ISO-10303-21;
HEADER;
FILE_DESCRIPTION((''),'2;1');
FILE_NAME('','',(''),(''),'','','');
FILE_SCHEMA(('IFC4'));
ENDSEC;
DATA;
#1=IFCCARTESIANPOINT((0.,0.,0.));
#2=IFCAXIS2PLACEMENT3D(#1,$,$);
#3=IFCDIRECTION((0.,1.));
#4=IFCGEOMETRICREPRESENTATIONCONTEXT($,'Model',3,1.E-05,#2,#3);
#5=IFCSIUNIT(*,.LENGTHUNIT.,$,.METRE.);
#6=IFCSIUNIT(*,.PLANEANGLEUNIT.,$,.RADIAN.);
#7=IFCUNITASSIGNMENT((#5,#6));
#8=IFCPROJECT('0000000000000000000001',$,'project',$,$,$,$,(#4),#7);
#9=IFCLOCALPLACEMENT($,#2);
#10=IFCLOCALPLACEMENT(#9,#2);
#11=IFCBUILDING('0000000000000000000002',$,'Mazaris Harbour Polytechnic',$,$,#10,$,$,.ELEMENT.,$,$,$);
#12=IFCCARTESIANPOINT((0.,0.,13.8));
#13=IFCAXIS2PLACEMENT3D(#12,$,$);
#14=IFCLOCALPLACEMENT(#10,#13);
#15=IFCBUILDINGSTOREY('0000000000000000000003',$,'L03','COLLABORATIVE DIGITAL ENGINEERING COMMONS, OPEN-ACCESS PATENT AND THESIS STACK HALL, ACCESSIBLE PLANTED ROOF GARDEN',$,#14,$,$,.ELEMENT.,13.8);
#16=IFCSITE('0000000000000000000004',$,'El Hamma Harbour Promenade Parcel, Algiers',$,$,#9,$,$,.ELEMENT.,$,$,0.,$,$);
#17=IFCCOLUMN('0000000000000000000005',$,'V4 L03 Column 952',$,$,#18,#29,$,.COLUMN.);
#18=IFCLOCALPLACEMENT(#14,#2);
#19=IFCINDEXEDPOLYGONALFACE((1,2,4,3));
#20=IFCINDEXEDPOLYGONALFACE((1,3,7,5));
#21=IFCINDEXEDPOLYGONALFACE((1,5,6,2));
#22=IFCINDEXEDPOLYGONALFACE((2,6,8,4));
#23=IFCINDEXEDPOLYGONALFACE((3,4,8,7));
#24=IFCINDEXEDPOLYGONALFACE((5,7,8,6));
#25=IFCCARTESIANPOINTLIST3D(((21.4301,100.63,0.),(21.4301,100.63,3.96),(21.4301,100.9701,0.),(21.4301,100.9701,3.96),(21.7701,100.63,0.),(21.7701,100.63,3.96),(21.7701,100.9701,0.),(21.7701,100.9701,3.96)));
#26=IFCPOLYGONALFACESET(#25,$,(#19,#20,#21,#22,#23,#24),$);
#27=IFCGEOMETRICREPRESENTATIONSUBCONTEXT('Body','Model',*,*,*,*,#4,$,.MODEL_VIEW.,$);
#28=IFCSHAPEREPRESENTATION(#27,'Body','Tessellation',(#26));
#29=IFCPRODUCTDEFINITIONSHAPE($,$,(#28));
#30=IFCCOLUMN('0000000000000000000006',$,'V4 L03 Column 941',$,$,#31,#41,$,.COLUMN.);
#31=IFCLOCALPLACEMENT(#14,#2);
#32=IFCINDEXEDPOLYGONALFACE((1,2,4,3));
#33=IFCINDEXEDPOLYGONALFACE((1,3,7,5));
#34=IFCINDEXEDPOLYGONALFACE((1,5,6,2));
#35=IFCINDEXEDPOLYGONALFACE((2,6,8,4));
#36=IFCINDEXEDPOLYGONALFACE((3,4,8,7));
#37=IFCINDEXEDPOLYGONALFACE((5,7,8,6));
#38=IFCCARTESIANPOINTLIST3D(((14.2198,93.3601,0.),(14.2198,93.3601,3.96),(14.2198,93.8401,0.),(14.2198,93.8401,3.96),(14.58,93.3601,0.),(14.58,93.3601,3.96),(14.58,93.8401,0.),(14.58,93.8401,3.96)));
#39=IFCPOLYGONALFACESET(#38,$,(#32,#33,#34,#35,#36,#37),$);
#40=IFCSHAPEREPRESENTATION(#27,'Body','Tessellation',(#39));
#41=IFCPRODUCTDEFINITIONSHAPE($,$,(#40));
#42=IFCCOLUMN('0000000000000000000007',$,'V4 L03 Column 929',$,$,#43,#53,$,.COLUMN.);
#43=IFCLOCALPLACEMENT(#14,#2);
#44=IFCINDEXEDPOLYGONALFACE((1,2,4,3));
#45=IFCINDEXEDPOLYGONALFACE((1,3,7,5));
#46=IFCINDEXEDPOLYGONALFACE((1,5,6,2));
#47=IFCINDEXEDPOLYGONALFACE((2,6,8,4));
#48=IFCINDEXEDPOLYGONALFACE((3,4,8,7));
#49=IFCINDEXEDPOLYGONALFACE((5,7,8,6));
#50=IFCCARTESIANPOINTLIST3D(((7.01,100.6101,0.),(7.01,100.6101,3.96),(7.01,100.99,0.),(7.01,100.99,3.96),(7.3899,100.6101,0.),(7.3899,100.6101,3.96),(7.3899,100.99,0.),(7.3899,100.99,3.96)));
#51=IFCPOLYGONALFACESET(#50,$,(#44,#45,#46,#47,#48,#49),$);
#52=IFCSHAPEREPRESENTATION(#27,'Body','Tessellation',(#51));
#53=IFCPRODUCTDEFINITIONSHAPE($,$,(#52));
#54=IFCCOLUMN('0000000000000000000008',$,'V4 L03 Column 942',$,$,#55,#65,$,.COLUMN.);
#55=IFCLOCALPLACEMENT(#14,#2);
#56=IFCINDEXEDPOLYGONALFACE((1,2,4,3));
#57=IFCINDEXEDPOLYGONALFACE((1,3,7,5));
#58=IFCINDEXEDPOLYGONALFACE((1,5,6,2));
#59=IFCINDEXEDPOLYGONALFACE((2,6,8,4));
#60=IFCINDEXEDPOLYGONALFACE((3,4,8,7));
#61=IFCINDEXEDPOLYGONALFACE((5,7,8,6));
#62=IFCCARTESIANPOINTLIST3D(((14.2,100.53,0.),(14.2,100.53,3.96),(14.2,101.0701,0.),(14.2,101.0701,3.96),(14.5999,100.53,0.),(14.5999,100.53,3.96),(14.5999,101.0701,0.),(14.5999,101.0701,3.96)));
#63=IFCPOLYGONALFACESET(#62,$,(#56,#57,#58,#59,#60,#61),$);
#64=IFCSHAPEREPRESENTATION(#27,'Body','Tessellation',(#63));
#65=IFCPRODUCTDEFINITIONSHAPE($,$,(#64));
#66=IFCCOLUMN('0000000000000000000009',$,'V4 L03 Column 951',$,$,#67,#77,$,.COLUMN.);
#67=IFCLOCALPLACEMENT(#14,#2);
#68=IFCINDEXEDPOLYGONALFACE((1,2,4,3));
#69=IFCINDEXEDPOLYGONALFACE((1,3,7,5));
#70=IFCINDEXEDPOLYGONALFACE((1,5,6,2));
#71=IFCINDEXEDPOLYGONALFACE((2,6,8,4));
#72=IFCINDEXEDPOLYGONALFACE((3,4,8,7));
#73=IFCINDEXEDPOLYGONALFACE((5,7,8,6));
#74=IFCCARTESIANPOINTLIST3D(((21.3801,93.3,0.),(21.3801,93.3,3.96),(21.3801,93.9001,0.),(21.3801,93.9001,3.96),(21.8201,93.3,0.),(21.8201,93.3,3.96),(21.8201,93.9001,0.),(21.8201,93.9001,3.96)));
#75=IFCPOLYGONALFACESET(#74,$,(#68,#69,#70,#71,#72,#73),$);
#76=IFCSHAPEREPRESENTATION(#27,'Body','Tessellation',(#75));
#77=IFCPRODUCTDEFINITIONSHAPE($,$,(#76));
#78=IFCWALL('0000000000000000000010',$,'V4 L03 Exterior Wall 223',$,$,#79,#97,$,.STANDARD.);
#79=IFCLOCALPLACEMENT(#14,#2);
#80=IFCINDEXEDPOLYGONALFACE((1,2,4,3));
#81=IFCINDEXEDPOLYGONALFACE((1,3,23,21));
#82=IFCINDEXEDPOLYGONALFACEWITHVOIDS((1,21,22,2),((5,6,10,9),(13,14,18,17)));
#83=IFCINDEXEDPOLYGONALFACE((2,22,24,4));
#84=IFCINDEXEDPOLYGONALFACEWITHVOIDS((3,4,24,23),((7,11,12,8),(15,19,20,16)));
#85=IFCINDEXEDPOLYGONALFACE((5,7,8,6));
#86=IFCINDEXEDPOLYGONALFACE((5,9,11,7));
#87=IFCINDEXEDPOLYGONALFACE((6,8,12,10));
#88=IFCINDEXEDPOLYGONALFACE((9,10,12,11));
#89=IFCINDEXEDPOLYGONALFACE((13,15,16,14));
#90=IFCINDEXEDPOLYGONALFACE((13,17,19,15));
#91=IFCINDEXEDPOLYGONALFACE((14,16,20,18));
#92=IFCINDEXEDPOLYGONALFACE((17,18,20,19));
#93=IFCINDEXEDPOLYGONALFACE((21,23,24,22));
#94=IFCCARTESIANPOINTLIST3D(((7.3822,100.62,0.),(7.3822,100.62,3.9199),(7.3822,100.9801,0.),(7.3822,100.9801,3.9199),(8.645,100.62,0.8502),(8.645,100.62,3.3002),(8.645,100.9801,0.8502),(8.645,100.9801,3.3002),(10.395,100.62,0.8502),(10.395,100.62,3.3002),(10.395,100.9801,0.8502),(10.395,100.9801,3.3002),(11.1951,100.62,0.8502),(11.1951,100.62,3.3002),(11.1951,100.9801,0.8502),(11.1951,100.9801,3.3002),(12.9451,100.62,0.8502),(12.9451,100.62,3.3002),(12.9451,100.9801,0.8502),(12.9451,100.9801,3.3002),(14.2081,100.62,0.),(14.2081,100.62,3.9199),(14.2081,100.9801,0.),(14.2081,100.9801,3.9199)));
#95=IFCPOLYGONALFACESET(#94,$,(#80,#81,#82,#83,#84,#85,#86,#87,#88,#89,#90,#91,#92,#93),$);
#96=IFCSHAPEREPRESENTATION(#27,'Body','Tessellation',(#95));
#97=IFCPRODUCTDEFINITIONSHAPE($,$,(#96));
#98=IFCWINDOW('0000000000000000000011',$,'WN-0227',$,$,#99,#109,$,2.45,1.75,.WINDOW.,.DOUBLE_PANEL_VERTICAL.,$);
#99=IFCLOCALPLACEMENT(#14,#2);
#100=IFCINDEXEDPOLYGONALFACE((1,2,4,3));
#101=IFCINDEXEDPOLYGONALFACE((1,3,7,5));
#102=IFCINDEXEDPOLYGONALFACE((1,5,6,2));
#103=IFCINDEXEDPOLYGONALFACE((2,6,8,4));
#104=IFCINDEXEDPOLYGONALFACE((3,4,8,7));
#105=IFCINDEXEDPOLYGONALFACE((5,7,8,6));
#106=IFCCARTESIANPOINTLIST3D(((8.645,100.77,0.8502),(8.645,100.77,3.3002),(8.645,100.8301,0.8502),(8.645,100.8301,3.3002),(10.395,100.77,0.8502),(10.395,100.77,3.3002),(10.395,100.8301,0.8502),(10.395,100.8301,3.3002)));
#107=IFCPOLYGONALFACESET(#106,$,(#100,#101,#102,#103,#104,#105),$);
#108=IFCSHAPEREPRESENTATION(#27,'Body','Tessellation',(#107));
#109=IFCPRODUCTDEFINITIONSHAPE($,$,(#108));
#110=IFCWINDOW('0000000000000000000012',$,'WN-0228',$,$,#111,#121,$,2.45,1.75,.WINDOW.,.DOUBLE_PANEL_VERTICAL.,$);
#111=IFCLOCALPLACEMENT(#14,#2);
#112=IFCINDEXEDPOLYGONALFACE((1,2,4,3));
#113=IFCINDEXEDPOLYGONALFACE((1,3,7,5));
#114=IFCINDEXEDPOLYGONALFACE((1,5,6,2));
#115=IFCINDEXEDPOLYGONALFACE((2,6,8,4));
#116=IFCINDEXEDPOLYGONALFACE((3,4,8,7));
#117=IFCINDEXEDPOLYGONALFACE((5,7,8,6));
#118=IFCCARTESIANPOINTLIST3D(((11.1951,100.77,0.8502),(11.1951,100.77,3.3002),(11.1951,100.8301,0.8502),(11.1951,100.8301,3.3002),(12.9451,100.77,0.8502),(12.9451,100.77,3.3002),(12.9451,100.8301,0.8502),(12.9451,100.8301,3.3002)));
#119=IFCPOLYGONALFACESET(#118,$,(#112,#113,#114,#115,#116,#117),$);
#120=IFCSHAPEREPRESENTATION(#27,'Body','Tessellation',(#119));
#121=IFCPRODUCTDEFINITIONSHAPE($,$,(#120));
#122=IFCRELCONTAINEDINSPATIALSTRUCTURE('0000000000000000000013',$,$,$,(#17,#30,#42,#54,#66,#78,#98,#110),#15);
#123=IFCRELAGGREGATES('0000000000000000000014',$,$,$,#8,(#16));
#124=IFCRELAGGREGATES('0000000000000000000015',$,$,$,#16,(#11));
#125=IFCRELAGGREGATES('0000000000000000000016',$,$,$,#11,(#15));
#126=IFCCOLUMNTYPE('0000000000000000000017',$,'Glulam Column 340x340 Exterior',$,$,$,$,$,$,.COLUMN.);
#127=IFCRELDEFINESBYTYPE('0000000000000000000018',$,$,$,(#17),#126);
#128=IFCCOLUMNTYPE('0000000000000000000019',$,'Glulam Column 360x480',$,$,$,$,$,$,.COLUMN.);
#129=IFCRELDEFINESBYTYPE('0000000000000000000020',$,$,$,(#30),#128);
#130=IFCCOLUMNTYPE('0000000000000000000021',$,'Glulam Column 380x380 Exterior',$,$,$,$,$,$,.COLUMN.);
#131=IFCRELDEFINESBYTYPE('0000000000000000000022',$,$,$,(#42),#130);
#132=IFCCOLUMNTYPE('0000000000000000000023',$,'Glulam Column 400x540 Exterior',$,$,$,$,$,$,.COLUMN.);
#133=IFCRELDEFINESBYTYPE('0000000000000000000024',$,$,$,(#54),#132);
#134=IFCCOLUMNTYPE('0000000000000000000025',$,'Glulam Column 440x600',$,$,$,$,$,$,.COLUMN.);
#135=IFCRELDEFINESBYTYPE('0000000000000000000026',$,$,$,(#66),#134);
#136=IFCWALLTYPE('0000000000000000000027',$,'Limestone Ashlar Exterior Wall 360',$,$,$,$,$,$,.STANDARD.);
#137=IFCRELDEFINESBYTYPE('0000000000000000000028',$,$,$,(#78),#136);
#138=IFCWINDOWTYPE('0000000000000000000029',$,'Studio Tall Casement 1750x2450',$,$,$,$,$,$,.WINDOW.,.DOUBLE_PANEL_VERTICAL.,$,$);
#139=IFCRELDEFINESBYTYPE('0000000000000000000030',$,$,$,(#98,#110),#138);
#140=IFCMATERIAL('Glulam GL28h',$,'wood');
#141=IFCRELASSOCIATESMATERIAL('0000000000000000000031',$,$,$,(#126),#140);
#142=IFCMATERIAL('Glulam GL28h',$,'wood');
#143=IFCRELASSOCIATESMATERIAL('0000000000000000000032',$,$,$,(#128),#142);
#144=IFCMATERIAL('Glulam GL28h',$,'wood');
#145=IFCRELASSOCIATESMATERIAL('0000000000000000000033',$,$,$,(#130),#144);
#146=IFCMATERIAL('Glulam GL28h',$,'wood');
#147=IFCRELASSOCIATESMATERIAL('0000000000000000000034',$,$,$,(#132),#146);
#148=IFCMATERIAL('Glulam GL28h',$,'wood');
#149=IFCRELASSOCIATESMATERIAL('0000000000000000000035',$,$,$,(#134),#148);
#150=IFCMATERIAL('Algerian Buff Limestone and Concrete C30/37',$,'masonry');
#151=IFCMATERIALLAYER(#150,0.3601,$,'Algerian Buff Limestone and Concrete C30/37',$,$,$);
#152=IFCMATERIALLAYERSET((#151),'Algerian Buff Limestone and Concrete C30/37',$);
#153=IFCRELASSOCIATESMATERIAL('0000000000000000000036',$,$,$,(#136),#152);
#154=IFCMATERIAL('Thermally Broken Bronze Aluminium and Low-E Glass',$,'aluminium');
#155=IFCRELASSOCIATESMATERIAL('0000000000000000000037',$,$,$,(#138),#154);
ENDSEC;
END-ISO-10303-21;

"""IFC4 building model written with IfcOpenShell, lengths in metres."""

from ifc_helpers import new_model, si_unit, direction, frame, frame_2d, origin, origin_2d, place, context, subcontext, project, spatial, rectangle, extrude, material, layer, layer_set, material_profile, profile_set, type_object, element, fill, save


model = new_model("IFC4")

# Units and contexts
model_context = context("Model", 3, precision=1e-05, world=origin(), true_north=direction((0.0, 1.0)))
body_context = subcontext(model_context, "Body", "Model", "MODEL_VIEW")
ifc_project = project(units=[si_unit("LENGTHUNIT", "METRE"), si_unit("PLANEANGLEUNIT", "RADIAN")], contexts=[model_context])

# Site, building, storey
site_placement = place(None, origin())
site = spatial("IfcSite", under=ifc_project, at=site_placement, Name="El Hamma Harbour Promenade Parcel, Algiers", CompositionType="ELEMENT", RefElevation=0.0)
building_placement = place(site_placement, origin())
building = spatial("IfcBuilding", under=site, at=building_placement, Name="Mazaris Harbour Polytechnic", CompositionType="ELEMENT")
storey_placement = place(building_placement, frame((0.0, 0.0, 13.8)))
storey = spatial("IfcBuildingStorey", under=building, at=storey_placement, Name="L03", Description="COLLABORATIVE DIGITAL ENGINEERING COMMONS, OPEN-ACCESS PATENT AND THESIS STACK HALL, ACCESSIBLE PLANTED ROOF GARDEN", CompositionType="ELEMENT", Elevation=13.8)

# Columns
ifc_material_1 = material(Name="Glulam GL28h", Category="wood")
ifc_material_profile_1 = material_profile(ifc_material_1, rectangle(XDim=0.3401, YDim=0.3401, at=origin_2d()), Name="RECT340x340")
ifc_profile_set_1 = profile_set([ifc_material_profile_1], Name="Glulam GL28h")
column_type_1 = type_object("IfcColumnType", Name="Glulam Column 340x340 Exterior", PredefinedType="COLUMN", material=ifc_profile_set_1)
column_1_placement = place(storey_placement, frame((21.6001, 100.8, 0.0), z_axis=(0.0, 0.0, 1.0), x_axis=(1.0, 0.0, 0.0)))
element("IfcColumn", 1, at=column_1_placement, inside=storey, type_object=column_type_1, Name="V4 L03 Column 952", PredefinedType="COLUMN", context=body_context, shape_type="SweptSolid", body=[
    extrude(rectangle(XDim=0.3401, YDim=0.3401, at=origin_2d()), origin(), (0.0, 0.0, 1.0), 3.96),
])
ifc_material_2 = material(Name="Glulam GL28h", Category="wood")
ifc_material_profile_2 = material_profile(ifc_material_2, rectangle(XDim=0.3601, YDim=0.48, at=origin_2d()), Name="RECT360x480")
ifc_profile_set_2 = profile_set([ifc_material_profile_2], Name="Glulam GL28h")
column_type_2 = type_object("IfcColumnType", Name="Glulam Column 360x480", PredefinedType="COLUMN", material=ifc_profile_set_2)
column_2_placement = place(storey_placement, frame((14.3999, 93.6001, 0.0), z_axis=(0.0, 0.0, 1.0), x_axis=(1.0, 0.0, 0.0)))
element("IfcColumn", 2, at=column_2_placement, inside=storey, type_object=column_type_2, Name="V4 L03 Column 941", PredefinedType="COLUMN", context=body_context, shape_type="SweptSolid", body=[
    extrude(rectangle(XDim=0.3601, YDim=0.48, at=origin_2d()), origin(), (0.0, 0.0, 1.0), 3.96),
])
ifc_material_3 = material(Name="Glulam GL28h", Category="wood")
ifc_material_profile_3 = material_profile(ifc_material_3, rectangle(XDim=0.3799, YDim=0.3799, at=origin_2d()), Name="RECT380x380")
ifc_profile_set_3 = profile_set([ifc_material_profile_3], Name="Glulam GL28h")
column_type_3 = type_object("IfcColumnType", Name="Glulam Column 380x380 Exterior", PredefinedType="COLUMN", material=ifc_profile_set_3)
column_3_placement = place(storey_placement, frame((7.2, 100.8, 0.0), z_axis=(0.0, 0.0, 1.0), x_axis=(1.0, 0.0, 0.0)))
element("IfcColumn", 3, at=column_3_placement, inside=storey, type_object=column_type_3, Name="V4 L03 Column 929", PredefinedType="COLUMN", context=body_context, shape_type="SweptSolid", body=[
    extrude(rectangle(XDim=0.3799, YDim=0.3799, at=origin_2d()), origin(), (0.0, 0.0, 1.0), 3.96),
])
ifc_material_4 = material(Name="Glulam GL28h", Category="wood")
ifc_material_profile_4 = material_profile(ifc_material_4, rectangle(XDim=0.3999, YDim=0.54, at=origin_2d()), Name="RECT400x540")
ifc_profile_set_4 = profile_set([ifc_material_profile_4], Name="Glulam GL28h")
column_type_4 = type_object("IfcColumnType", Name="Glulam Column 400x540 Exterior", PredefinedType="COLUMN", material=ifc_profile_set_4)
column_4_placement = place(storey_placement, frame((14.3999, 100.8, 0.0), z_axis=(0.0, 0.0, 1.0), x_axis=(1.0, 0.0, 0.0)))
element("IfcColumn", 4, at=column_4_placement, inside=storey, type_object=column_type_4, Name="V4 L03 Column 942", PredefinedType="COLUMN", context=body_context, shape_type="SweptSolid", body=[
    extrude(rectangle(XDim=0.3999, YDim=0.54, at=origin_2d()), origin(), (0.0, 0.0, 1.0), 3.96),
])
ifc_material_5 = material(Name="Glulam GL28h", Category="wood")
ifc_material_profile_5 = material_profile(ifc_material_5, rectangle(XDim=0.4399, YDim=0.6001, at=origin_2d()), Name="RECT440x600")
ifc_profile_set_5 = profile_set([ifc_material_profile_5], Name="Glulam GL28h")
column_type_5 = type_object("IfcColumnType", Name="Glulam Column 440x600", PredefinedType="COLUMN", material=ifc_profile_set_5)
column_5_placement = place(storey_placement, frame((21.6001, 93.6001, 0.0), z_axis=(0.0, 0.0, 1.0), x_axis=(1.0, 0.0, 0.0)))
element("IfcColumn", 5, at=column_5_placement, inside=storey, type_object=column_type_5, Name="V4 L03 Column 951", PredefinedType="COLUMN", context=body_context, shape_type="SweptSolid", body=[
    extrude(rectangle(XDim=0.4399, YDim=0.6001, at=origin_2d()), origin(), (0.0, 0.0, 1.0), 3.96),
])

# Wall, openings, windows
ifc_material_6 = material(Name="Algerian Buff Limestone and Concrete C30/37", Category="masonry")
ifc_layer = layer(ifc_material_6, 0.3601, Name="Algerian Buff Limestone and Concrete C30/37")
ifc_layer_set = layer_set([ifc_layer], Name="Algerian Buff Limestone and Concrete C30/37")
wall_type = type_object("IfcWallType", Name="Limestone Ashlar Exterior Wall 360", PredefinedType="STANDARD", material=ifc_layer_set)
wall_1_placement = place(storey_placement, frame((7.3821, 100.8, 0.0), z_axis=(0.0, 0.0, 1.0), x_axis=(1.0, 0.0, 0.0)))
wall_1 = element("IfcWall", 6, at=wall_1_placement, inside=storey, type_object=wall_type, Name="V4 L03 Exterior Wall 223", PredefinedType="STANDARD", context=body_context, shape_type="SweptSolid", body=[
    extrude(rectangle(XDim=6.8259, YDim=0.3601, at=frame_2d((3.4131, 0.0))), origin(), (0.0, 0.0, 1.0), 3.9199),
])
opening_1_placement = place(wall_1_placement, frame((1.2629, 0.0, 0.8501)))
opening_1 = element("IfcOpeningElement", 7, at=opening_1_placement, cuts=wall_1, PredefinedType="OPENING", context=body_context, shape_type="SweptSolid", body=[
    extrude(rectangle(XDim=1.75, YDim=2.45, at=frame_2d((0.875, 1.2251))), frame((0.0, 0.1899, 0.0), z_axis=(0.0, -1.0, 0.0), x_axis=(1.0, 0.0, 0.0)), (0.0, 0.0, 1.0), 0.3801),
])
opening_2_placement = place(wall_1_placement, frame((3.813, 0.0, 0.8501)))
opening_2 = element("IfcOpeningElement", 8, at=opening_2_placement, cuts=wall_1, PredefinedType="OPENING", context=body_context, shape_type="SweptSolid", body=[
    extrude(rectangle(XDim=1.75, YDim=2.45, at=frame_2d((0.875, 1.2251))), frame((0.0, 0.1899, 0.0), z_axis=(0.0, -1.0, 0.0), x_axis=(1.0, 0.0, 0.0)), (0.0, 0.0, 1.0), 0.3801),
])
ifc_material_7 = material(Name="Thermally Broken Bronze Aluminium and Low-E Glass", Category="aluminium")
window_type_1 = type_object("IfcWindowType", Name="Studio Tall Casement 1750x2450", PartitioningType="DOUBLE_PANEL_VERTICAL", PredefinedType="WINDOW", material=ifc_material_7)
window_1_placement = place(opening_1_placement, origin())
window_1 = element("IfcWindow", 9, at=window_1_placement, inside=storey, type_object=window_type_1, Name="WN-0227", OverallHeight=2.45, OverallWidth=1.75, PartitioningType="DOUBLE_PANEL_VERTICAL", PredefinedType="WINDOW", context=body_context, shape_type="SweptSolid", body=[
    extrude(rectangle(XDim=1.75, YDim=2.45, at=frame_2d((0.875, 1.2251))), frame((0.0, 0.03, 0.0), z_axis=(0.0, -1.0, 0.0), x_axis=(1.0, 0.0, 0.0)), (0.0, 0.0, 1.0), 0.0601),
])
fill(opening_1, window_1)
window_2_placement = place(opening_2_placement, origin())
window_2 = element("IfcWindow", 10, at=window_2_placement, inside=storey, type_object=window_type_1, Name="WN-0228", OverallHeight=2.45, OverallWidth=1.75, PartitioningType="DOUBLE_PANEL_VERTICAL", PredefinedType="WINDOW", context=body_context, shape_type="SweptSolid", body=[
    extrude(rectangle(XDim=1.75, YDim=2.45, at=frame_2d((0.875, 1.2251))), frame((0.0, 0.03, 0.0), z_axis=(0.0, -1.0, 0.0), x_axis=(1.0, 0.0, 0.0)), (0.0, 0.0, 1.0), 0.0601),
])
fill(opening_2, window_2)

save(model, "model.ifc")
